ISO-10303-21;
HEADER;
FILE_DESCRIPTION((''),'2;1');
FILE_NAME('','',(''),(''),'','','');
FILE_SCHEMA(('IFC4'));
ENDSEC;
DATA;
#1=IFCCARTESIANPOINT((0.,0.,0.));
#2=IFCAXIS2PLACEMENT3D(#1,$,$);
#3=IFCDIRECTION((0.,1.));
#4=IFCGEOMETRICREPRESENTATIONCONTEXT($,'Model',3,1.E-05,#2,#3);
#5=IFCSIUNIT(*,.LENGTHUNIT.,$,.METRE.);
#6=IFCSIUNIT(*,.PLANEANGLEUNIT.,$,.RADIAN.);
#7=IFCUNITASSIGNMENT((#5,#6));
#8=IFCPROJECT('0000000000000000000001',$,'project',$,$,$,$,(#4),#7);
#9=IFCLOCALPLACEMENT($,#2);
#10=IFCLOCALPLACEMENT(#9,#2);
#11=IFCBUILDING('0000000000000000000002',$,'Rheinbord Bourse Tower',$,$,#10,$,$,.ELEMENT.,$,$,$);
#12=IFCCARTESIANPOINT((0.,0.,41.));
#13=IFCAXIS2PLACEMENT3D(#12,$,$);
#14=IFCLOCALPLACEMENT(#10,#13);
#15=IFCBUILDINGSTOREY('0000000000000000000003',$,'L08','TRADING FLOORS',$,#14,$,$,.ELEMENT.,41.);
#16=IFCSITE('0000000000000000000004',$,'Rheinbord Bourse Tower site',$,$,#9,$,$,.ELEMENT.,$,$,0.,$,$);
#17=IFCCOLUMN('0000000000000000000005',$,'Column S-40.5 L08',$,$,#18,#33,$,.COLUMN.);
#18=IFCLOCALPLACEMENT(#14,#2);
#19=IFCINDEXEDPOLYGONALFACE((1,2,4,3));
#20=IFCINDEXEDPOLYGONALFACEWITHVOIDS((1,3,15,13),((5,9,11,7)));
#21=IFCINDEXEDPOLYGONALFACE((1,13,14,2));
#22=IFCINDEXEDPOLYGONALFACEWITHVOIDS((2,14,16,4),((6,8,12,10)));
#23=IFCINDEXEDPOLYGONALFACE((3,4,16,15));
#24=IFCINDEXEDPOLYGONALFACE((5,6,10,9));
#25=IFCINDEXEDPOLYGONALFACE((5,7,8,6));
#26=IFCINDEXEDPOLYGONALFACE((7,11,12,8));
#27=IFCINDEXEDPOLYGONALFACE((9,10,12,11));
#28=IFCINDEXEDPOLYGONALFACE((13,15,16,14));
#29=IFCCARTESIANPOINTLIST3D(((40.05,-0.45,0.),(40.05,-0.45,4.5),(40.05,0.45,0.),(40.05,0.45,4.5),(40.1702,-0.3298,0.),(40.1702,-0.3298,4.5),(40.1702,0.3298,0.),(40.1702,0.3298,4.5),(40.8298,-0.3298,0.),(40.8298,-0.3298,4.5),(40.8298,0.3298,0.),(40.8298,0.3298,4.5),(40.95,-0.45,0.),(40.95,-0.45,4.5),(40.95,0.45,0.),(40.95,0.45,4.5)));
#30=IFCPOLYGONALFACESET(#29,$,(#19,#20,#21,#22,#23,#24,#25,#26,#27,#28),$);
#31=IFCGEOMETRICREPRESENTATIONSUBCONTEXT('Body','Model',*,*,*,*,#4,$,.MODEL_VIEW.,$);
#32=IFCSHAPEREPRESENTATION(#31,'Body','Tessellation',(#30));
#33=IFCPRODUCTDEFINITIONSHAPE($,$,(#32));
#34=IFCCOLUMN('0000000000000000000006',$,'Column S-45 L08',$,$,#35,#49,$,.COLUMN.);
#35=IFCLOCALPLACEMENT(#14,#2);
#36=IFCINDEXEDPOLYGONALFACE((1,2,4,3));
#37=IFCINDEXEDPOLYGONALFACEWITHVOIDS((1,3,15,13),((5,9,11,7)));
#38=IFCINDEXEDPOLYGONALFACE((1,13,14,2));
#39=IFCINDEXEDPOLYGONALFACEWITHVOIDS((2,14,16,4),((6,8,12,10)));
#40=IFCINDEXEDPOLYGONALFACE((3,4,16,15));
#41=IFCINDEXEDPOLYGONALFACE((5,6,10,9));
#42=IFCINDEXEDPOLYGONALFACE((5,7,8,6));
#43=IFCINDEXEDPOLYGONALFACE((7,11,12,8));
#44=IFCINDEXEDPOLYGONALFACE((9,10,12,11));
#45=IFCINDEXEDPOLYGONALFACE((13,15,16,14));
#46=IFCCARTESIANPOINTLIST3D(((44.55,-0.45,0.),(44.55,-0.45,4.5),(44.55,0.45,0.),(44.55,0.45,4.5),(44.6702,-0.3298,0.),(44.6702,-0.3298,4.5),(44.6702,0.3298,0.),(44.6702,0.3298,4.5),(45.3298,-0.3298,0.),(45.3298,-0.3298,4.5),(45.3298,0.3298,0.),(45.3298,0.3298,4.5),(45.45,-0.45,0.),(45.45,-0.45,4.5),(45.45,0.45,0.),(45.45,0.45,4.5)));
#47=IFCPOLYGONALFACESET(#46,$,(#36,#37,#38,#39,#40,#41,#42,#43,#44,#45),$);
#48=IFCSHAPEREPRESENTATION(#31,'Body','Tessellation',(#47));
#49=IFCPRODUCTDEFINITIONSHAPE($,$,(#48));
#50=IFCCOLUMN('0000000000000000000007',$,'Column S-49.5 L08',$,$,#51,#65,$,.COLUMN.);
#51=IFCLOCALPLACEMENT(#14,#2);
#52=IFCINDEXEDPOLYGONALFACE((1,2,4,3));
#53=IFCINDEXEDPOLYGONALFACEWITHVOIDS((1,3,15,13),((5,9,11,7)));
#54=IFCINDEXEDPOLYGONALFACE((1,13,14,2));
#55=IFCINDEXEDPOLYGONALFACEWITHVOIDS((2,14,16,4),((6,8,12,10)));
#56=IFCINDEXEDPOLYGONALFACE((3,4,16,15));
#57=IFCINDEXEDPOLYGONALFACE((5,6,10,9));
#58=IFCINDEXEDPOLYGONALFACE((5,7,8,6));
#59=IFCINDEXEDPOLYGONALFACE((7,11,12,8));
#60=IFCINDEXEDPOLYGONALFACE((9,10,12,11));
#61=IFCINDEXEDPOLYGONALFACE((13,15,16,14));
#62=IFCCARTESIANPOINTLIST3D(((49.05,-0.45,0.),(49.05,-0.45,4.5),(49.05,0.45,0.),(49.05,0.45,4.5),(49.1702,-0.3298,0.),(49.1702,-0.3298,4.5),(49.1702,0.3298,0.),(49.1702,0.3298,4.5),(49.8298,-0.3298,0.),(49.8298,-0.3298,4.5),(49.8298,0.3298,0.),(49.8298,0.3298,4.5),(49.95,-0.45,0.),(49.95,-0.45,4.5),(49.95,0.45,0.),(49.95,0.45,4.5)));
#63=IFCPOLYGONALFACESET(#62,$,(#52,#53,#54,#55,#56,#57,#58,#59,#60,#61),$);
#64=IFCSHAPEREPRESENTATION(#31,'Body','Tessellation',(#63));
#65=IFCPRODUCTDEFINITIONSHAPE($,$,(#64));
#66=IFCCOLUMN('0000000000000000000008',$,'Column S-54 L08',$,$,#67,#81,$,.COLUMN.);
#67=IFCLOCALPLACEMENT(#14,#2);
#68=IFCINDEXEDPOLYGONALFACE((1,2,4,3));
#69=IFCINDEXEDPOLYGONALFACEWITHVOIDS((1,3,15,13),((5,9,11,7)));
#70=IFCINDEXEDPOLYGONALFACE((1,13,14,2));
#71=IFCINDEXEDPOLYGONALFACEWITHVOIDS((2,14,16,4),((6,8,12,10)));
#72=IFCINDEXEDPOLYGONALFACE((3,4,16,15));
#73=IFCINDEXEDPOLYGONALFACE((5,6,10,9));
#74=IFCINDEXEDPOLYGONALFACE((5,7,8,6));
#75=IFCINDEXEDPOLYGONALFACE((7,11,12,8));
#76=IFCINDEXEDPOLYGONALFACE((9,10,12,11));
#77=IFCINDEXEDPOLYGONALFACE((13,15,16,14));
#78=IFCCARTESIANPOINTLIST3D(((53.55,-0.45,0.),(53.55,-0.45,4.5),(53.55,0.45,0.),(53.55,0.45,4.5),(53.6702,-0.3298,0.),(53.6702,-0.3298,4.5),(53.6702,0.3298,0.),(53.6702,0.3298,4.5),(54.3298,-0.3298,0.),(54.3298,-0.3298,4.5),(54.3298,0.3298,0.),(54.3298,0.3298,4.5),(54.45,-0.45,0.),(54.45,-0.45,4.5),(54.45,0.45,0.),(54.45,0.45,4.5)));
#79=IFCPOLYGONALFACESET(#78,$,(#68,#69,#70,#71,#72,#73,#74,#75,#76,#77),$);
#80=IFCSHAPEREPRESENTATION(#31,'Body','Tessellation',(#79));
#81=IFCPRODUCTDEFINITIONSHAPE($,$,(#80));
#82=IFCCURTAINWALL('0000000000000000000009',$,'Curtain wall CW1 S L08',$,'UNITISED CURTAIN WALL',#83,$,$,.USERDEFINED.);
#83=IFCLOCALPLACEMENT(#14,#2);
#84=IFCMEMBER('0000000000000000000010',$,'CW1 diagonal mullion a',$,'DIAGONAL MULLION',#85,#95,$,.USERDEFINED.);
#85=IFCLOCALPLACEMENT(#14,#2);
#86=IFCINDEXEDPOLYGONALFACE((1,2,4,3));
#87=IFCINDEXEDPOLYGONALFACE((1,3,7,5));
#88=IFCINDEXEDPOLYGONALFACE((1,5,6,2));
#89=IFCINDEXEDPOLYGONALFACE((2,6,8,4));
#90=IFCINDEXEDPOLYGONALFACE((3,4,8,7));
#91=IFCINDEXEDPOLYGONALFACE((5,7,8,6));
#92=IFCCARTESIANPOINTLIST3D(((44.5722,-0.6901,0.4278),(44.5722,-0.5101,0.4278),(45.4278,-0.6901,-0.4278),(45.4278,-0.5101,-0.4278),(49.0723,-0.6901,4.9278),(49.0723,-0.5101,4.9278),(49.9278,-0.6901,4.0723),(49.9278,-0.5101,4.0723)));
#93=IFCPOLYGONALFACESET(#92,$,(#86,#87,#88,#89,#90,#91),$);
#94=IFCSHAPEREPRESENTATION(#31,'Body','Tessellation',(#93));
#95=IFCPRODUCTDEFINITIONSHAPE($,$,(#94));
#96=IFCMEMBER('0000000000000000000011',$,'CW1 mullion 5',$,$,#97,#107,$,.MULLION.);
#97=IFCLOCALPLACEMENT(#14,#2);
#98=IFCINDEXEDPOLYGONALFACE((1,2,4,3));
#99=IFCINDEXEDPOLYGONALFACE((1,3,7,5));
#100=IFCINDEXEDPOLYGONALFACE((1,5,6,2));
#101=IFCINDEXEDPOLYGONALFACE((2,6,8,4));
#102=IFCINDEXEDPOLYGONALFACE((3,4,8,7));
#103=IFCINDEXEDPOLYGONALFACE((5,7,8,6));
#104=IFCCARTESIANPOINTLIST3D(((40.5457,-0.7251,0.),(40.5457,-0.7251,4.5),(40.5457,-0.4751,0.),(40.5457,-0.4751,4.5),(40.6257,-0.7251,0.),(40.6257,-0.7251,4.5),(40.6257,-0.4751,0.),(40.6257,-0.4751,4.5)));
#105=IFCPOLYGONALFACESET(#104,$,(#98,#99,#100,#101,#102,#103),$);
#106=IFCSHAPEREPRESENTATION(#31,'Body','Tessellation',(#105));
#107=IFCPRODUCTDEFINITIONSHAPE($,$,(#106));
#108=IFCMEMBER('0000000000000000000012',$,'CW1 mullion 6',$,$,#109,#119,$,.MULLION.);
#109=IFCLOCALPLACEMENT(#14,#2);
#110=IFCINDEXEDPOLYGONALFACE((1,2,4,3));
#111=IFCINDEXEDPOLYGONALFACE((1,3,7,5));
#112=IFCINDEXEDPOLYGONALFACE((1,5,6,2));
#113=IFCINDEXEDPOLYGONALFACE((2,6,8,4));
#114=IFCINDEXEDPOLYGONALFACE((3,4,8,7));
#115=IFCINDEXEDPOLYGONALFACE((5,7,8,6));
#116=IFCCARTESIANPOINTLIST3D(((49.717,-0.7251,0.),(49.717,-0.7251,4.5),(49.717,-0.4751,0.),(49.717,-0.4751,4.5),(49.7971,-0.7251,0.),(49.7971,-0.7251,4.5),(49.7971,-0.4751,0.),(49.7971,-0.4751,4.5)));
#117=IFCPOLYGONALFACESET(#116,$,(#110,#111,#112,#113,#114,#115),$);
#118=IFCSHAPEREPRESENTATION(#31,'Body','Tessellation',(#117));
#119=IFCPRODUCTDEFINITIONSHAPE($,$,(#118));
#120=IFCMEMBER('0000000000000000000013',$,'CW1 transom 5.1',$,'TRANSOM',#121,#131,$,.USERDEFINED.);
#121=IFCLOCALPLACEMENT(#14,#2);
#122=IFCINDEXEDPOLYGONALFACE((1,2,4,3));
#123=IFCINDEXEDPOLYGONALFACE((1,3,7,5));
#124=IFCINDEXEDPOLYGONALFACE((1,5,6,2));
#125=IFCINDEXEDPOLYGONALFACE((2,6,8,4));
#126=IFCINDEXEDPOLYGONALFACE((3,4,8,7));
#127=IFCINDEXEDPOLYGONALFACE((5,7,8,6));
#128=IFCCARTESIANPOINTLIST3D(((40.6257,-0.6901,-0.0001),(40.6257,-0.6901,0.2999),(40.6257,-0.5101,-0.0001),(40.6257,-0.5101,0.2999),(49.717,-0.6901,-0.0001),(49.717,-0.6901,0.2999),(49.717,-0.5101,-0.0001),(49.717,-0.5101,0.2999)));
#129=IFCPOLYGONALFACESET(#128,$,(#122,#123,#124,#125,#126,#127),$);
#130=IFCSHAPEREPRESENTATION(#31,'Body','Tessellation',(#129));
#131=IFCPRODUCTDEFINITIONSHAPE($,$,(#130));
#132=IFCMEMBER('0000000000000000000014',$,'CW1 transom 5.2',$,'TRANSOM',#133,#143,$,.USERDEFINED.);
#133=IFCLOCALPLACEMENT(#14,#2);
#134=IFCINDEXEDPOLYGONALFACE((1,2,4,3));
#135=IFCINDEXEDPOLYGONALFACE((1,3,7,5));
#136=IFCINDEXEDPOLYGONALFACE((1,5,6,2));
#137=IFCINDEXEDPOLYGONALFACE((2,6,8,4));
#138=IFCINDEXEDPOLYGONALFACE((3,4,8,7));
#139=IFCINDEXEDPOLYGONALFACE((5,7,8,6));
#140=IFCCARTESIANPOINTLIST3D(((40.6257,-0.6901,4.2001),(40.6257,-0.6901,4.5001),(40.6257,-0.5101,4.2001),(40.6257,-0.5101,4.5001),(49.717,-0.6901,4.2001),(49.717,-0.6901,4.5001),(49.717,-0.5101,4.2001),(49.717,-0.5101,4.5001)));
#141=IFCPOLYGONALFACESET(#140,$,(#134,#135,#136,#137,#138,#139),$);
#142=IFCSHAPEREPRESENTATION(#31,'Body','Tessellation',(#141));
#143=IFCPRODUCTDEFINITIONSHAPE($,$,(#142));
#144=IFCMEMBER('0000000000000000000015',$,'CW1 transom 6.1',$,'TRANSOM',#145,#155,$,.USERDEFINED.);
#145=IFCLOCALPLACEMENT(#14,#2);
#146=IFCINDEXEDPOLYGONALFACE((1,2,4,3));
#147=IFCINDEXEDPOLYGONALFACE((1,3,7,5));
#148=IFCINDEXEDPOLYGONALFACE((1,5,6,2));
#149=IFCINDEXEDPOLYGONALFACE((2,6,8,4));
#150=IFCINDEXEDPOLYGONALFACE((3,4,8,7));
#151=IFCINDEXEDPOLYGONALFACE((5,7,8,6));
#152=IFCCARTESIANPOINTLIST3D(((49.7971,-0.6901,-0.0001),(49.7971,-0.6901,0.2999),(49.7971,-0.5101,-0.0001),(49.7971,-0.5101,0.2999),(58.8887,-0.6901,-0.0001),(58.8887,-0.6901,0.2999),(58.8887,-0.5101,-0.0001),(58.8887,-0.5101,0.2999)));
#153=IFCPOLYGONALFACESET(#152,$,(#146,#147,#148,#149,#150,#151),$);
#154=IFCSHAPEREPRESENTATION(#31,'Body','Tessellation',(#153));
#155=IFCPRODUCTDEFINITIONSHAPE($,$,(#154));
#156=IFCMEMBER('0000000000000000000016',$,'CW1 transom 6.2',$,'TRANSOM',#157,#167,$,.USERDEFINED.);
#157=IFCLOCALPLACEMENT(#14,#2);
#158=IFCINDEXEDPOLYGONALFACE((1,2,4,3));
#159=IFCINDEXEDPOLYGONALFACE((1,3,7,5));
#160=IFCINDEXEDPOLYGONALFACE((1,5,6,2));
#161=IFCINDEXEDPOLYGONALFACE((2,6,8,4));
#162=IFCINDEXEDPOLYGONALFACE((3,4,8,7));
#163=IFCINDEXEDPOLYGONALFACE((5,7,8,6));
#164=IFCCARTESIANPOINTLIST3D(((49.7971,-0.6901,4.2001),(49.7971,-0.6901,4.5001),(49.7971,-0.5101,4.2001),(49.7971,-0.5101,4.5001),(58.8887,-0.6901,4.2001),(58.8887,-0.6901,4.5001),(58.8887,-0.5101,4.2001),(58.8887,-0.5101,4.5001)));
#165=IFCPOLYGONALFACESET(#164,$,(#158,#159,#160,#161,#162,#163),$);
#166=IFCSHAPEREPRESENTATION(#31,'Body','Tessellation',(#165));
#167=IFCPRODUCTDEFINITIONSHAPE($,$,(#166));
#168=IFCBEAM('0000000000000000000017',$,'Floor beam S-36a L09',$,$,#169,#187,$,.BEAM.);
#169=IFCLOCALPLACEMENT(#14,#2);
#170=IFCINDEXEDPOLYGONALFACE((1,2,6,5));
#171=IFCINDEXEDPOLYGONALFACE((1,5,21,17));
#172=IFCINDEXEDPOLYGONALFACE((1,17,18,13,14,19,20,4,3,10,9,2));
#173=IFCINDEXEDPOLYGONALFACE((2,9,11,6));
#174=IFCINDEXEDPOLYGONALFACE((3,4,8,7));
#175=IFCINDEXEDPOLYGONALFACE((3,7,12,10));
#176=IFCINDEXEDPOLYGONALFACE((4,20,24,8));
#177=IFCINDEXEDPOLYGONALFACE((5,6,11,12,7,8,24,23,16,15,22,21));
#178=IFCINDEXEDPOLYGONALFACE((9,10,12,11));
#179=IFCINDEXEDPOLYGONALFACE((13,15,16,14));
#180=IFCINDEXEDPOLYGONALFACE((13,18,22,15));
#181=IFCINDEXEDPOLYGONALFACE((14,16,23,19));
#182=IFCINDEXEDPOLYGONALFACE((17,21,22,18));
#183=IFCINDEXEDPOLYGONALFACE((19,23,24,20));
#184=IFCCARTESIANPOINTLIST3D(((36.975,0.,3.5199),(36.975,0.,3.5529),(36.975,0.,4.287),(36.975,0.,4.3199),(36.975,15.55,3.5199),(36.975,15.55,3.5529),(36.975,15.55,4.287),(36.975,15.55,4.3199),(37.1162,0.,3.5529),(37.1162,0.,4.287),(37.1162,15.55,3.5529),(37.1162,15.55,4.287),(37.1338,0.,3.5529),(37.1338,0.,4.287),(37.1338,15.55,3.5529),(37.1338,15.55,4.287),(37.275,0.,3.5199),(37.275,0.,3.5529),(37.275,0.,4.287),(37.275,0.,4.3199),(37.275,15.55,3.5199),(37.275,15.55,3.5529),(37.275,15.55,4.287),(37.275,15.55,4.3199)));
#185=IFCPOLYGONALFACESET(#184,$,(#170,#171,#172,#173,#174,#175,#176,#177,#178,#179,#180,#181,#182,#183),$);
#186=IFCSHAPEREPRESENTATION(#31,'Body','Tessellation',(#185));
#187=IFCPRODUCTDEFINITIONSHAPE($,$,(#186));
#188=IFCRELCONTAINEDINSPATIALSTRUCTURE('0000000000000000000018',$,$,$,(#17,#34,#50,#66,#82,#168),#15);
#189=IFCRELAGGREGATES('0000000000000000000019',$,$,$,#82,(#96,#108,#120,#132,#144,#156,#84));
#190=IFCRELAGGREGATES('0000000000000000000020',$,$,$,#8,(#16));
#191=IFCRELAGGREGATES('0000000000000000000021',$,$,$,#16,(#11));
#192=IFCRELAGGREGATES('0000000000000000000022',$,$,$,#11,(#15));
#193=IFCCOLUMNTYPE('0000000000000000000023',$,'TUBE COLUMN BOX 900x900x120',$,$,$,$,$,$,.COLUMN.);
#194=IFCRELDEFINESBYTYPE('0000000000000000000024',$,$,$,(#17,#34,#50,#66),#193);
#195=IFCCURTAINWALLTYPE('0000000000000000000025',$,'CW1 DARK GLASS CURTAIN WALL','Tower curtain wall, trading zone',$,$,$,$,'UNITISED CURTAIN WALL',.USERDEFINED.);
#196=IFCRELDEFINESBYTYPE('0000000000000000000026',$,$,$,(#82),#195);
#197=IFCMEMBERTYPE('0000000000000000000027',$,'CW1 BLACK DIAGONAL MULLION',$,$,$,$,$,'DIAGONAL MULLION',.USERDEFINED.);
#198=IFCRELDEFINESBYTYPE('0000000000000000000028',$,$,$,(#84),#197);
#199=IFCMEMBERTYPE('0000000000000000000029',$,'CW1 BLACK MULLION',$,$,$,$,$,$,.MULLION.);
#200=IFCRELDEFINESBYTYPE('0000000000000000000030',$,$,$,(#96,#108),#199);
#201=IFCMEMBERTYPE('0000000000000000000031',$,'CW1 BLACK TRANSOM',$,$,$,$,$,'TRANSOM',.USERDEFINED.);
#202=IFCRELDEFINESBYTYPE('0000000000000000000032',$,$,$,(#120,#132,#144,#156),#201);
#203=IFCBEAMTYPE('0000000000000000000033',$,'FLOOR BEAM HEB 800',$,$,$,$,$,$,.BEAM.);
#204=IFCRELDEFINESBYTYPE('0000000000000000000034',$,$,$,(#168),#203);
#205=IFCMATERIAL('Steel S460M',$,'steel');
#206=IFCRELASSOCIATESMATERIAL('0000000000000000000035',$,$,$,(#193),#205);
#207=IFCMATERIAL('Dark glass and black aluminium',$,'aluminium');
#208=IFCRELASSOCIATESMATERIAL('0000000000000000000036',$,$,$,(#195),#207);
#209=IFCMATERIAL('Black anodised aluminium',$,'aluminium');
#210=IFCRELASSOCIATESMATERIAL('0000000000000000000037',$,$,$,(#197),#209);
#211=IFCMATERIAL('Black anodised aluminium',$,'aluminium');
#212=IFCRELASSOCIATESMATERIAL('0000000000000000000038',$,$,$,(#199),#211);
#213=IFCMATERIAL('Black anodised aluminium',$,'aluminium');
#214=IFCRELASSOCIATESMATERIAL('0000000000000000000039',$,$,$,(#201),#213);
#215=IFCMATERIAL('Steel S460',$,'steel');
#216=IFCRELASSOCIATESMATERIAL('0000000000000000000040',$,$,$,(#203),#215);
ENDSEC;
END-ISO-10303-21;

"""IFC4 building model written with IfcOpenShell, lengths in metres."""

from ifc_helpers import new_model, si_unit, direction, frame, origin, origin_2d, place, context, subcontext, project, spatial, rectangle, hollow_rectangle, i_section, extrude, material, material_profile, profile_set, type_object, element, aggregate, save


model = new_model("IFC4")

# Units and contexts
model_context = context("Model", 3, precision=1e-05, world=origin(), true_north=direction((0.0, 1.0)))
body_context = subcontext(model_context, "Body", "Model", "MODEL_VIEW")
ifc_project = project(units=[si_unit("LENGTHUNIT", "METRE"), si_unit("PLANEANGLEUNIT", "RADIAN")], contexts=[model_context])

# Site, building, storey
site_placement = place(None, origin())
site = spatial("IfcSite", under=ifc_project, at=site_placement, Name="Rheinbord Bourse Tower site", CompositionType="ELEMENT", RefElevation=0.0)
building_placement = place(site_placement, origin())
building = spatial("IfcBuilding", under=site, at=building_placement, Name="Rheinbord Bourse Tower", CompositionType="ELEMENT")
storey_placement = place(building_placement, frame((0.0, 0.0, 41.0)))
storey = spatial("IfcBuildingStorey", under=building, at=storey_placement, Name="L08", Description="TRADING FLOORS", CompositionType="ELEMENT", Elevation=41.0)

# Columns
ifc_material_1 = material(Name="Steel S460M", Category="steel")
ifc_material_profile_1 = material_profile(ifc_material_1, hollow_rectangle(XDim=0.8999, YDim=0.8999, WallThickness=0.1201, at=origin_2d()), Name="BOX 900x900x120")
ifc_profile_set_1 = profile_set([ifc_material_profile_1], Name="Steel S460M")
column_type = type_object("IfcColumnType", Name="TUBE COLUMN BOX 900x900x120", PredefinedType="COLUMN", material=ifc_profile_set_1)
for number, where, z_axis, x_axis, name in (
    (1, (40.5, 0.0, 0.0), (0.0, 0.0, 1.0), (0.0, 1.0, 0.0), "Column S-40.5 L08"),
    (2, (45.0, 0.0, 0.0), (0.0, 0.0, 1.0), (0.0, 1.0, 0.0), "Column S-45 L08"),
    (3, (49.5, 0.0, 0.0), (0.0, 0.0, 1.0), (0.0, 1.0, 0.0), "Column S-49.5 L08"),
    (4, (54.0, 0.0, 0.0), (0.0, 0.0, 1.0), (0.0, 1.0, 0.0), "Column S-54 L08"),
):
    element("IfcColumn", number, at=place(storey_placement, frame(where, z_axis=z_axis, x_axis=x_axis)), inside=storey, type_object=column_type, Name=name, PredefinedType="COLUMN", context=body_context, shape_type="SweptSolid", body=[
        extrude(hollow_rectangle(XDim=0.8999, YDim=0.8999, WallThickness=0.1201, at=origin_2d()), origin(), (0.0, 0.0, 1.0), 4.5),
    ])

# Curtain wall, members
ifc_material_2 = material(Name="Dark glass and black aluminium", Category="aluminium")
curtain_wall_type = type_object("IfcCurtainWallType", Name="CW1 DARK GLASS CURTAIN WALL", Description="Tower curtain wall, trading zone", ElementType="UNITISED CURTAIN WALL", PredefinedType="USERDEFINED", material=ifc_material_2)
curtain_wall_placement = place(storey_placement, origin())
curtain_wall = element("IfcCurtainWall", 5, at=curtain_wall_placement, inside=storey, type_object=curtain_wall_type, Name="Curtain wall CW1 S L08", ObjectType="UNITISED CURTAIN WALL", PredefinedType="USERDEFINED")
ifc_material_3 = material(Name="Black anodised aluminium", Category="aluminium")
ifc_material_profile_2 = material_profile(ifc_material_3, rectangle(XDim=0.1799, YDim=1.21, at=origin_2d()), Name="CW1 DIAGONAL MULLION 1210x180")
ifc_profile_set_2 = profile_set([ifc_material_profile_2], Name="Black anodised aluminium")
member_type_1 = type_object("IfcMemberType", Name="CW1 BLACK DIAGONAL MULLION", ElementType="DIAGONAL MULLION", PredefinedType="USERDEFINED", material=ifc_profile_set_2)
member_1_placement = place(storey_placement, frame((45.0, -0.6001, 0.0), z_axis=(0.707107, 0.0, 0.707107), x_axis=(0.0, 1.0, 0.0)))
member_1 = element("IfcMember", 6, at=member_1_placement, type_object=member_type_1, Name="CW1 diagonal mullion a", ObjectType="DIAGONAL MULLION", PredefinedType="USERDEFINED", context=body_context, shape_type="SweptSolid", body=[
    extrude(rectangle(XDim=0.1799, YDim=1.21, at=origin_2d()), origin(), (0.0, 0.0, 1.0), 6.364),
])
ifc_material_4 = material(Name="Black anodised aluminium", Category="aluminium")
ifc_material_profile_3 = material_profile(ifc_material_4, rectangle(XDim=0.25, YDim=0.0801, at=origin_2d()), Name="CW1 MULLION 80x250")
ifc_profile_set_3 = profile_set([ifc_material_profile_3], Name="Black anodised aluminium")
member_type_2 = type_object("IfcMemberType", Name="CW1 BLACK MULLION", PredefinedType="MULLION", material=ifc_profile_set_3)
member_2_placement = place(storey_placement, frame((40.5857, -0.6001, 0.0), z_axis=(0.0, 0.0, 1.0), x_axis=(0.0, 1.0, 0.0)))
member_2 = element("IfcMember", 7, at=member_2_placement, type_object=member_type_2, Name="CW1 mullion 5", PredefinedType="MULLION", context=body_context, shape_type="SweptSolid", body=[
    extrude(rectangle(XDim=0.25, YDim=0.0801, at=origin_2d()), origin(), (0.0, 0.0, 1.0), 4.5),
])
member_3_placement = place(storey_placement, frame((49.7571, -0.6001, 0.0), z_axis=(0.0, 0.0, 1.0), x_axis=(0.0, 1.0, 0.0)))
member_3 = element("IfcMember", 8, at=member_3_placement, type_object=member_type_2, Name="CW1 mullion 6", PredefinedType="MULLION", context=body_context, shape_type="SweptSolid", body=[
    extrude(rectangle(XDim=0.25, YDim=0.0801, at=origin_2d()), origin(), (0.0, 0.0, 1.0), 4.5),
])
ifc_material_5 = material(Name="Black anodised aluminium", Category="aluminium")
ifc_material_profile_4 = material_profile(ifc_material_5, rectangle(XDim=0.1799, YDim=0.3, at=origin_2d()), Name="CW1 TRANSOM 300x180")
ifc_profile_set_4 = profile_set([ifc_material_profile_4], Name="Black anodised aluminium")
member_type_3 = type_object("IfcMemberType", Name="CW1 BLACK TRANSOM", ElementType="TRANSOM", PredefinedType="USERDEFINED", material=ifc_profile_set_4)
member_4_placement = place(storey_placement, frame((40.6257, -0.6001, 0.1499), z_axis=(1.0, 0.0, 0.0), x_axis=(0.0, 1.0, 0.0)))
member_4 = element("IfcMember", 9, at=member_4_placement, type_object=member_type_3, Name="CW1 transom 5.1", ObjectType="TRANSOM", PredefinedType="USERDEFINED", context=body_context, shape_type="SweptSolid", body=[
    extrude(rectangle(XDim=0.1799, YDim=0.3, at=origin_2d()), origin(), (0.0, 0.0, 1.0), 9.0913),
])
member_5_placement = place(storey_placement, frame((40.6257, -0.6001, 4.3501), z_axis=(1.0, 0.0, 0.0), x_axis=(0.0, 1.0, 0.0)))
member_5 = element("IfcMember", 10, at=member_5_placement, type_object=member_type_3, Name="CW1 transom 5.2", ObjectType="TRANSOM", PredefinedType="USERDEFINED", context=body_context, shape_type="SweptSolid", body=[
    extrude(rectangle(XDim=0.1799, YDim=0.3, at=origin_2d()), origin(), (0.0, 0.0, 1.0), 9.0913),
])
member_6_placement = place(storey_placement, frame((49.7971, -0.6001, 0.1499), z_axis=(1.0, 0.0, 0.0), x_axis=(0.0, 1.0, 0.0)))
member_6 = element("IfcMember", 11, at=member_6_placement, type_object=member_type_3, Name="CW1 transom 6.1", ObjectType="TRANSOM", PredefinedType="USERDEFINED", context=body_context, shape_type="SweptSolid", body=[
    extrude(rectangle(XDim=0.1799, YDim=0.3, at=origin_2d()), origin(), (0.0, 0.0, 1.0), 9.0916),
])
member_7_placement = place(storey_placement, frame((49.7971, -0.6001, 4.3501), z_axis=(1.0, 0.0, 0.0), x_axis=(0.0, 1.0, 0.0)))
member_7 = element("IfcMember", 12, at=member_7_placement, type_object=member_type_3, Name="CW1 transom 6.2", ObjectType="TRANSOM", PredefinedType="USERDEFINED", context=body_context, shape_type="SweptSolid", body=[
    extrude(rectangle(XDim=0.1799, YDim=0.3, at=origin_2d()), origin(), (0.0, 0.0, 1.0), 9.0916),
])

# Beam
ifc_material_6 = material(Name="Steel S460", Category="steel")
ifc_material_profile_5 = material_profile(ifc_material_6, i_section(OverallWidth=0.3, OverallDepth=0.8, WebThickness=0.0176, FlangeThickness=0.033, at=origin_2d()), Name="HEB 800")
ifc_profile_set_5 = profile_set([ifc_material_profile_5], Name="Steel S460")
beam_type_1 = type_object("IfcBeamType", Name="FLOOR BEAM HEB 800", PredefinedType="BEAM", material=ifc_profile_set_5)
for number, where, z_axis, x_axis, name in (
    (13, (37.125, 0.0, 3.9199), (0.0, 1.0, 0.0), (-1.0, 0.0, 0.0), "Floor beam S-36a L09"),
):
    element("IfcBeam", number, at=place(storey_placement, frame(where, z_axis=z_axis, x_axis=x_axis)), inside=storey, type_object=beam_type_1, Name=name, PredefinedType="BEAM", context=body_context, shape_type="SweptSolid", body=[
        extrude(i_section(OverallWidth=0.3, OverallDepth=0.8, WebThickness=0.0176, FlangeThickness=0.033, at=origin_2d()), origin(), (0.0, 0.0, 1.0), 15.55),
    ])

aggregate(curtain_wall, [member_2, member_3, member_4, member_5, member_6, member_7, member_1])

save(model, "model.ifc")
